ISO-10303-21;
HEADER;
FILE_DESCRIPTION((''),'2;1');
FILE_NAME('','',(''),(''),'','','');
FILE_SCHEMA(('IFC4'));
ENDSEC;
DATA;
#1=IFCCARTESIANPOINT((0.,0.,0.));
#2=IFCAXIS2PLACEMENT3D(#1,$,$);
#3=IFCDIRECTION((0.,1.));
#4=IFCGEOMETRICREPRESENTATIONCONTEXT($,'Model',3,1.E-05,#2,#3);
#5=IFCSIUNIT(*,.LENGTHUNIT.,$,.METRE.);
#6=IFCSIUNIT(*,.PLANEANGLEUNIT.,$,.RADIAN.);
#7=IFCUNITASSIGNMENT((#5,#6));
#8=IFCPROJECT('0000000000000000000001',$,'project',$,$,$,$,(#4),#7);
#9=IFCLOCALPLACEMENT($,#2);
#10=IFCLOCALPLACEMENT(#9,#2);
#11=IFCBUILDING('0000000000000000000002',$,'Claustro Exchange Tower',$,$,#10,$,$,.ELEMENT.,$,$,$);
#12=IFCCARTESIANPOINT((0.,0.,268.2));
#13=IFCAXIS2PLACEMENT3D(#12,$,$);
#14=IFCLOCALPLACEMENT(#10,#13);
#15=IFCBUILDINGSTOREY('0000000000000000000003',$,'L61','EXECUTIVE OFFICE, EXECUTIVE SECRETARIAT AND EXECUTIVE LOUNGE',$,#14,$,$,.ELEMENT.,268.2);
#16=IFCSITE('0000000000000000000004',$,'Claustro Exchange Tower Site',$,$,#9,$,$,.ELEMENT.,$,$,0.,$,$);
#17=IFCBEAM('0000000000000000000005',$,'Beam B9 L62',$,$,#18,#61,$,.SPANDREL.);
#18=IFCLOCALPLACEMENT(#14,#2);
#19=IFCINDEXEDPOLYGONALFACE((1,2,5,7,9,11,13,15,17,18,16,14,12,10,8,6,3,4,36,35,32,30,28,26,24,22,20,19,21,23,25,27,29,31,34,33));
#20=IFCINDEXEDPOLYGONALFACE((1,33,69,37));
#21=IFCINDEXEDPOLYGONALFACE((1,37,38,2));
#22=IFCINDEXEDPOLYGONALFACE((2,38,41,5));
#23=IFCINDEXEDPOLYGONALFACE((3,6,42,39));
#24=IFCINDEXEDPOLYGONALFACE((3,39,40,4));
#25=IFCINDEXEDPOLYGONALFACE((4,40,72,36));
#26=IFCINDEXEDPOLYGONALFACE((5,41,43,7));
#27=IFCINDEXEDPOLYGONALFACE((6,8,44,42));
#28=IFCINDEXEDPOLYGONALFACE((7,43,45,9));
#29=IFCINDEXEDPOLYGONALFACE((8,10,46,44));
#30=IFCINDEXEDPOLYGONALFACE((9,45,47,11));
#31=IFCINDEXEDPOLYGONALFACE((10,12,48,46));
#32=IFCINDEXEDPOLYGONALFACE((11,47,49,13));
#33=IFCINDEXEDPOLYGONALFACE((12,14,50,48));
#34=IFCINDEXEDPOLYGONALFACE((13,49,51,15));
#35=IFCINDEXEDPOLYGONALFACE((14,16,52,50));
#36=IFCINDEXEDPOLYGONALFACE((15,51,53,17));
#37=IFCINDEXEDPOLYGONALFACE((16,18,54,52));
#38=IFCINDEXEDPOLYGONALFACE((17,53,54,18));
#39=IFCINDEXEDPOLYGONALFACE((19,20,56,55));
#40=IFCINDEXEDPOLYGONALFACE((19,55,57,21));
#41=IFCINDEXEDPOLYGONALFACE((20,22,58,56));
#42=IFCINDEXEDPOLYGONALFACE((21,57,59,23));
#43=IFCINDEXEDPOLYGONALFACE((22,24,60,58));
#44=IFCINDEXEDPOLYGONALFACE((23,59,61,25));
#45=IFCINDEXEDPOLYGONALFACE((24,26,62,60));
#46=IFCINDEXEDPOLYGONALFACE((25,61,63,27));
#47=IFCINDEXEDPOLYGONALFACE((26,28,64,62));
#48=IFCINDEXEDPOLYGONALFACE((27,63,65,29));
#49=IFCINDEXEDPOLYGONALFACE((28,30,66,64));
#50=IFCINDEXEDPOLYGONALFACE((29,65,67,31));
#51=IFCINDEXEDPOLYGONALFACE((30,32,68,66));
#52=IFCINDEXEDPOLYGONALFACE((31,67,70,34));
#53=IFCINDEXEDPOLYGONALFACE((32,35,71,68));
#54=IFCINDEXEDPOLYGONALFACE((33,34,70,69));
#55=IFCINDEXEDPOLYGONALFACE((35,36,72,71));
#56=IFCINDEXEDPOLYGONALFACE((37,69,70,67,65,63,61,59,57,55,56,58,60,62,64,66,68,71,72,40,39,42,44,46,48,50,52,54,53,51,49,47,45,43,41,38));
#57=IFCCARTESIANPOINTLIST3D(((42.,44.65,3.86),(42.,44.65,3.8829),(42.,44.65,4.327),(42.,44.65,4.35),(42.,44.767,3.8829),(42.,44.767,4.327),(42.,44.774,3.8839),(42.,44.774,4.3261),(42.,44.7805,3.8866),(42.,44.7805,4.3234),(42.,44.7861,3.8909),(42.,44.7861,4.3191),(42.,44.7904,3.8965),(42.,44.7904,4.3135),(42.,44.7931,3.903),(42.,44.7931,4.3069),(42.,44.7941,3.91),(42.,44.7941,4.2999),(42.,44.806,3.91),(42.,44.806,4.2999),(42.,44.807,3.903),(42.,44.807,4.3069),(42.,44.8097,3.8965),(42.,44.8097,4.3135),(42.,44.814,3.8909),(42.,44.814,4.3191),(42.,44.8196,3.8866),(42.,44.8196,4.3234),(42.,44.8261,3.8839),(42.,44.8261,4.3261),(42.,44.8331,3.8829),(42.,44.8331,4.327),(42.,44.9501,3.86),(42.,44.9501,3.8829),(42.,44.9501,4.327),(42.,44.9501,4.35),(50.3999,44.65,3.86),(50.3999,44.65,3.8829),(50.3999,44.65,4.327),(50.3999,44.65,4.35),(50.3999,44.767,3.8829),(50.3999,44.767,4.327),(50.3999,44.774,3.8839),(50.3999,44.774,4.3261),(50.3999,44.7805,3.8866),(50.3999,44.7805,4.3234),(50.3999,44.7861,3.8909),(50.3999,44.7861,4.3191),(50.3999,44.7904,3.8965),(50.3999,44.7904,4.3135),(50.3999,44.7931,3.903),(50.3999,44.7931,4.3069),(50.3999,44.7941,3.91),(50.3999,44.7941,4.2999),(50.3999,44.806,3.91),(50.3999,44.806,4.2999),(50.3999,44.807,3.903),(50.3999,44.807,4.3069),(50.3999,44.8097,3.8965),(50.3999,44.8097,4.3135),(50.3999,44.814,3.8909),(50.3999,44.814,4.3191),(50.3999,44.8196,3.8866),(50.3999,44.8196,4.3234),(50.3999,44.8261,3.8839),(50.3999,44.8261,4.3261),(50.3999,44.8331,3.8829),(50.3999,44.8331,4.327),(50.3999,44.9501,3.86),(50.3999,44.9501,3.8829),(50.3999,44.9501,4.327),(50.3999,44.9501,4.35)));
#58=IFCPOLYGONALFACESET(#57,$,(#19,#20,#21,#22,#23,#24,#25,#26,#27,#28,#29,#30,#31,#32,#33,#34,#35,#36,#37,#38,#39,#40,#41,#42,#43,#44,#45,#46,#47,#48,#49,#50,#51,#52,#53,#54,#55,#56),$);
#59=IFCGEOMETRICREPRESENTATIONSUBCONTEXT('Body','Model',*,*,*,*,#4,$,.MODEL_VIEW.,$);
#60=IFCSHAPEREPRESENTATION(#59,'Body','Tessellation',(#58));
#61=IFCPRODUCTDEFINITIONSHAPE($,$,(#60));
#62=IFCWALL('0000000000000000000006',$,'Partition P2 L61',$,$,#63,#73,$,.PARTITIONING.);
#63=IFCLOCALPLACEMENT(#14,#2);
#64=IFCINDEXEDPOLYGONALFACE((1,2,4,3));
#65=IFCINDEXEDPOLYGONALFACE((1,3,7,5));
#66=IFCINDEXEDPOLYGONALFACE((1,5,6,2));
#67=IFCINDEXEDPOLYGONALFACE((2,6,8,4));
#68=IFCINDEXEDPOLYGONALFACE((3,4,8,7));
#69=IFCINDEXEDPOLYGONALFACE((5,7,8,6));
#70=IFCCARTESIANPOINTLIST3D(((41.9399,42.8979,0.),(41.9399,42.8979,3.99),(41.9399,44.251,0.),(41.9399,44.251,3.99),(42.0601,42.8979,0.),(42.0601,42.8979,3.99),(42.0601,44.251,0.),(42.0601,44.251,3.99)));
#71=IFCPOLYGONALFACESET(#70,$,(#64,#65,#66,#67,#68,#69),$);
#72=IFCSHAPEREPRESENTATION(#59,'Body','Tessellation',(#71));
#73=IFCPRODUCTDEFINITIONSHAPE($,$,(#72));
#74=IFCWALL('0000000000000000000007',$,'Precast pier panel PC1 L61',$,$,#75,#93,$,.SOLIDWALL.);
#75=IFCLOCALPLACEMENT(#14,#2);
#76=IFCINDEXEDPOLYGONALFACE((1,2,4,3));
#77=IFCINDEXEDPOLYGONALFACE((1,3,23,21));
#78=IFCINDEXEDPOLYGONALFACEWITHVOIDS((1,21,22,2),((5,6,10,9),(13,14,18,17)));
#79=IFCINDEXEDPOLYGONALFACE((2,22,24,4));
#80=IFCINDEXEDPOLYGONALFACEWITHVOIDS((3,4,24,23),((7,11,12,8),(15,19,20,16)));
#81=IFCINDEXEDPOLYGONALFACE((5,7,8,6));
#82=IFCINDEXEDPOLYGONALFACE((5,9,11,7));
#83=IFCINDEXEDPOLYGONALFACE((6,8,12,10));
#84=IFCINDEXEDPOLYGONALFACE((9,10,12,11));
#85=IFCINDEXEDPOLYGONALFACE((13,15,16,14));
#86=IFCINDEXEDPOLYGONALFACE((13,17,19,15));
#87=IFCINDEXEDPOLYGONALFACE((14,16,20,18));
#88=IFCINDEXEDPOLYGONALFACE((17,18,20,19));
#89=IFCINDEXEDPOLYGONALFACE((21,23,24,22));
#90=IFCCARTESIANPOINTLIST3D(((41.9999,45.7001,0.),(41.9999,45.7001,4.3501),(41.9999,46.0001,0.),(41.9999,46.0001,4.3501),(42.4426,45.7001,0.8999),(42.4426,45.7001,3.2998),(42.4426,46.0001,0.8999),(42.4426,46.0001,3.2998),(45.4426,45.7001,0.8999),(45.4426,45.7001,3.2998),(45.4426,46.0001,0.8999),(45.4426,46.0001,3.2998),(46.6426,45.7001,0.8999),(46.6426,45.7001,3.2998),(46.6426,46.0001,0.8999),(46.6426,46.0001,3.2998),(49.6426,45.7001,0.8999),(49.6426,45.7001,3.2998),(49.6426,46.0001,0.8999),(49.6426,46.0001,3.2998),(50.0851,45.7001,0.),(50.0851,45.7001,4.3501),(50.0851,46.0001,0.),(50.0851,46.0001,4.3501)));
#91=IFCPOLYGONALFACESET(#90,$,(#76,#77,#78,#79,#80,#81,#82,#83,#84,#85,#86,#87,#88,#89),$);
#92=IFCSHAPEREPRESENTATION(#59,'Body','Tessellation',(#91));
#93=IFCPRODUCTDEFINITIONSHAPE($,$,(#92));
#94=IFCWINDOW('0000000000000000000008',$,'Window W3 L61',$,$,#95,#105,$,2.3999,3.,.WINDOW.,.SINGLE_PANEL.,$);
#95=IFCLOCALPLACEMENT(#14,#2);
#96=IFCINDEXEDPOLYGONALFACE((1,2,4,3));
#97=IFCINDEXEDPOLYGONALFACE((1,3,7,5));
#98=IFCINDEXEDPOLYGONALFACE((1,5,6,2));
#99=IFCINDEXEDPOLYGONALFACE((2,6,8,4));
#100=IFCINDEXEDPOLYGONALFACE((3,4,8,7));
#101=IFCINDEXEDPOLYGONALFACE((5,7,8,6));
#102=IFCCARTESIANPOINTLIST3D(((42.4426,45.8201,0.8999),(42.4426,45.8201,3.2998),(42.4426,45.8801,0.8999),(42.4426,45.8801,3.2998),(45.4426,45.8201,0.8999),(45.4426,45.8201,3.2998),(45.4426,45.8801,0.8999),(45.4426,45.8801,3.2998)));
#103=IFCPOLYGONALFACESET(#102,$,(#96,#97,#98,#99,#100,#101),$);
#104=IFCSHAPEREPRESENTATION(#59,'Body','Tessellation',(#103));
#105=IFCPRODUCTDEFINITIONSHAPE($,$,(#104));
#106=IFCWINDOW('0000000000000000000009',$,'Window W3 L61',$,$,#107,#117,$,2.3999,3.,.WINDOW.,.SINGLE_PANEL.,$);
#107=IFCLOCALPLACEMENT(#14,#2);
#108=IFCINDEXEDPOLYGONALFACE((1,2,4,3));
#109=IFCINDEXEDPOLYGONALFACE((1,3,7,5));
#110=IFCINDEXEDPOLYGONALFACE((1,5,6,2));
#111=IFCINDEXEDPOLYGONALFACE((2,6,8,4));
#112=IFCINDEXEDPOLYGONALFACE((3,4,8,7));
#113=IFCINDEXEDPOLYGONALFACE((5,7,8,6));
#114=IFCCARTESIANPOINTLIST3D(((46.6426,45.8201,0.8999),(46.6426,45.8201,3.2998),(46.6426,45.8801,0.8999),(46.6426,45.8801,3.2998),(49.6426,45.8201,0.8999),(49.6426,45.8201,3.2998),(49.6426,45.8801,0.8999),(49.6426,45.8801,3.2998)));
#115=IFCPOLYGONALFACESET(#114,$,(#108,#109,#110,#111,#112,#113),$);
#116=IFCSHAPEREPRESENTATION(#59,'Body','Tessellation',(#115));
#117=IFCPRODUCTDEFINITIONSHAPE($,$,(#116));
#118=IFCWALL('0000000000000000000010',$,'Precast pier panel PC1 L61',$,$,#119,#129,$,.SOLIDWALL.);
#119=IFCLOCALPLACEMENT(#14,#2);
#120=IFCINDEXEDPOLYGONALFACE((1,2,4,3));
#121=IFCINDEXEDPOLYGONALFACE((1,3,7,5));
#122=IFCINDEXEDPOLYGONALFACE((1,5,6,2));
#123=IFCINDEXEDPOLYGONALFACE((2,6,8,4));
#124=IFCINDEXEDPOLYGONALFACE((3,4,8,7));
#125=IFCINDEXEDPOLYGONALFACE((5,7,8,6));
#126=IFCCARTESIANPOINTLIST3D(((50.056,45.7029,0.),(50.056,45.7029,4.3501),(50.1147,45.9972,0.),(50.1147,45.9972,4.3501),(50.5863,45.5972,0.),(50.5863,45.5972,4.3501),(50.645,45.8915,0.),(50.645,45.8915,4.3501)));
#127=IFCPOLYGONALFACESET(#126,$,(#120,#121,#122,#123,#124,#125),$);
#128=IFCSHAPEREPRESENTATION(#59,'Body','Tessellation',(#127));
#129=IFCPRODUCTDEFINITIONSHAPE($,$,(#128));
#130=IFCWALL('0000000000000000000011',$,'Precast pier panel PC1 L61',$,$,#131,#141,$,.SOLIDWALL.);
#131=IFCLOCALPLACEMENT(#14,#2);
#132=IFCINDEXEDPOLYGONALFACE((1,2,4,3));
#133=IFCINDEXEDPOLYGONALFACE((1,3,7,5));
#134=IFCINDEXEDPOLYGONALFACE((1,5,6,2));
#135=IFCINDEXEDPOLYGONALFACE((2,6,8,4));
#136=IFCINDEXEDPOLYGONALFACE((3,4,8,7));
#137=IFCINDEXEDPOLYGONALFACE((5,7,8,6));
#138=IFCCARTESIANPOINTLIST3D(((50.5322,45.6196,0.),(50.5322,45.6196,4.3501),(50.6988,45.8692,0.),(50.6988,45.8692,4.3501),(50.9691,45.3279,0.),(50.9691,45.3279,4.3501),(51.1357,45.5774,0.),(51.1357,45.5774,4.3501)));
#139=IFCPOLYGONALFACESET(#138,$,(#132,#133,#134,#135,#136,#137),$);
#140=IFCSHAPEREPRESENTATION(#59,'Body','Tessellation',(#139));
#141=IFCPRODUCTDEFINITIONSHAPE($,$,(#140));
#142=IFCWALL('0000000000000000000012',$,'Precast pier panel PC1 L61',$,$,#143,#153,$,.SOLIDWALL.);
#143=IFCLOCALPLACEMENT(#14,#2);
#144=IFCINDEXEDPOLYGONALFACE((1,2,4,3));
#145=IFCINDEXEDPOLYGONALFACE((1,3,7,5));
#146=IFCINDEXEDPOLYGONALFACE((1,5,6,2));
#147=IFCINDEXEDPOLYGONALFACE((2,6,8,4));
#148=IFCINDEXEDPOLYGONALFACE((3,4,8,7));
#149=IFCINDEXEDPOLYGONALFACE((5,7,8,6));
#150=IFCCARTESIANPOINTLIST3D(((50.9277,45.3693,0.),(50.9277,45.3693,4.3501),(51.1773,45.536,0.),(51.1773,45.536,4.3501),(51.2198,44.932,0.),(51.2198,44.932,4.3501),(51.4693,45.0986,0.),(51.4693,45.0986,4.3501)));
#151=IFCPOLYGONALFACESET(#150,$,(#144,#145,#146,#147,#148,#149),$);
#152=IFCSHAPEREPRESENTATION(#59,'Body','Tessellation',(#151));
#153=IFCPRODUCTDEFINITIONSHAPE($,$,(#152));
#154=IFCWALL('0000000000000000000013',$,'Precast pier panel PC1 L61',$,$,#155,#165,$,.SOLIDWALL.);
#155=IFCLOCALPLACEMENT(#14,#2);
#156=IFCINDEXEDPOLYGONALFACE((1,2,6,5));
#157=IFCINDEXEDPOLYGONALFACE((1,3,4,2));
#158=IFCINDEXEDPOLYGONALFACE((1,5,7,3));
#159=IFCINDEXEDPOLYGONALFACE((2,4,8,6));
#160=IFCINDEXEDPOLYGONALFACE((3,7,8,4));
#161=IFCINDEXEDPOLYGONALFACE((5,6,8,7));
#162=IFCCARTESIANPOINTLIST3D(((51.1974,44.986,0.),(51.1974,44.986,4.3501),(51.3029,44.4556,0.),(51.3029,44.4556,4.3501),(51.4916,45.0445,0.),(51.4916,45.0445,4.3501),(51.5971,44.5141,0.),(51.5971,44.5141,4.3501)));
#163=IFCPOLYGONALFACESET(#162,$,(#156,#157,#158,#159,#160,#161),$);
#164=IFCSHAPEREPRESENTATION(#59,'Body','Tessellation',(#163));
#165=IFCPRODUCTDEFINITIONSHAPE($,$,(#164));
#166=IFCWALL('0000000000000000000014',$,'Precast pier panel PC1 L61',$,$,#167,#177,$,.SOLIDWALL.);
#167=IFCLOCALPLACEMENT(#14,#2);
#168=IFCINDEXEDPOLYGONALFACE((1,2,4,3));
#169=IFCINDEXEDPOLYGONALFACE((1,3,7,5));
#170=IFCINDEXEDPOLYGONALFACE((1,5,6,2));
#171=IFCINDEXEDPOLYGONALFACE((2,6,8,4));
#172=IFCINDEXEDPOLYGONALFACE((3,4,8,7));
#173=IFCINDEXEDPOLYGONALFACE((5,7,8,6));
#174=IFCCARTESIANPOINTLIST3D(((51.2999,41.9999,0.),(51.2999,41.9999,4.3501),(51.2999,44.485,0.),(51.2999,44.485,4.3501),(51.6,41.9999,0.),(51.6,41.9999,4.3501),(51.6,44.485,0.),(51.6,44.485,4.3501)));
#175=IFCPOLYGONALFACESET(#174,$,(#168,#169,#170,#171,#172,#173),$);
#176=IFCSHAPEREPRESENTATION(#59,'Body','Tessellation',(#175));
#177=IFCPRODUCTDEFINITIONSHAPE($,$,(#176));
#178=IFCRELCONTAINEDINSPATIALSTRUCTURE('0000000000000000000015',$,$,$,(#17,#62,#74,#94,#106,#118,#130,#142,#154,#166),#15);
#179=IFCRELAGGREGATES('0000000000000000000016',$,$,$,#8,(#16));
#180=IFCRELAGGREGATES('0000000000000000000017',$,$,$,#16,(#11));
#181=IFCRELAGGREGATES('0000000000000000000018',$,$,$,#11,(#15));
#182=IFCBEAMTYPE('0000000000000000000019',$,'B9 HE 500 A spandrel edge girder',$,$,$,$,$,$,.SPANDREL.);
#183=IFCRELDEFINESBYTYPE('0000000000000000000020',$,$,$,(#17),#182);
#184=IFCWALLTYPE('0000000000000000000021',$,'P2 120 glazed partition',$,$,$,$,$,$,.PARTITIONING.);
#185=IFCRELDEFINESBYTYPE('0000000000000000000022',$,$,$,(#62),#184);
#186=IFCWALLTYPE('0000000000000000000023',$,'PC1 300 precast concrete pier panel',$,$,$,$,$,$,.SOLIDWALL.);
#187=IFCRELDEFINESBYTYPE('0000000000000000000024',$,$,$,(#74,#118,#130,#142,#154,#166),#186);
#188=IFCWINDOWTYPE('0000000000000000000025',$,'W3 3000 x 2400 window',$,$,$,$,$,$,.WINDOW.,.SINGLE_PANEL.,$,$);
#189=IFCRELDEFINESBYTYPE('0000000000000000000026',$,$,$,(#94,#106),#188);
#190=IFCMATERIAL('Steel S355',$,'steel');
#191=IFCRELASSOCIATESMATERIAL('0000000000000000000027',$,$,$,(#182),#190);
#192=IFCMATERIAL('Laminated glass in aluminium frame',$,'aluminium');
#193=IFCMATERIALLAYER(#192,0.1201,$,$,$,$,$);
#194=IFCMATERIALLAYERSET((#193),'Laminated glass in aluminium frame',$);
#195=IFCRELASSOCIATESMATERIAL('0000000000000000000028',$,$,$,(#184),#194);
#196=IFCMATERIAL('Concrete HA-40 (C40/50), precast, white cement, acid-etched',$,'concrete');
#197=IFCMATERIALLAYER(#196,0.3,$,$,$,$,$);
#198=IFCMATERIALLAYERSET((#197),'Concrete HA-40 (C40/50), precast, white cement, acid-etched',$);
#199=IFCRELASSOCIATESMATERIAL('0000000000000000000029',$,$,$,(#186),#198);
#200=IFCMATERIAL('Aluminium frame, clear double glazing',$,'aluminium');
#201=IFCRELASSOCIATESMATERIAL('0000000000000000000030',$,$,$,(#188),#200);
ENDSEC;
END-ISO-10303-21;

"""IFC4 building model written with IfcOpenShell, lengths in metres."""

from ifc_helpers import new_model, si_unit, direction, frame, frame_2d, origin, origin_2d, place, context, subcontext, project, spatial, rectangle, i_section, extrude, material, layer, layer_set, material_profile, profile_set, type_object, element, fill, save


model = new_model("IFC4")

# Units and contexts
model_context = context("Model", 3, precision=1e-05, world=origin(), true_north=direction((0.0, 1.0)))
body_context = subcontext(model_context, "Body", "Model", "MODEL_VIEW")
ifc_project = project(units=[si_unit("LENGTHUNIT", "METRE"), si_unit("PLANEANGLEUNIT", "RADIAN")], contexts=[model_context])

# Site, building, storey
site_placement = place(None, origin())
site = spatial("IfcSite", under=ifc_project, at=site_placement, Name="Claustro Exchange Tower Site", CompositionType="ELEMENT", RefElevation=0.0)
building_placement = place(site_placement, origin())
building = spatial("IfcBuilding", under=site, at=building_placement, Name="Claustro Exchange Tower", CompositionType="ELEMENT")
storey_placement = place(building_placement, frame((0.0, 0.0, 268.2)))
storey = spatial("IfcBuildingStorey", under=building, at=storey_placement, Name="L61", Description="EXECUTIVE OFFICE, EXECUTIVE SECRETARIAT AND EXECUTIVE LOUNGE", CompositionType="ELEMENT", Elevation=268.2)

# Beam
ifc_material_1 = material(Name="Steel S355", Category="steel")
ifc_material_profile_1 = material_profile(ifc_material_1, i_section(OverallWidth=0.3, OverallDepth=0.49, WebThickness=0.012, FlangeThickness=0.0229, FilletRadius=0.0271, at=origin_2d()), Name="HE 500 A")
ifc_profile_set_1 = profile_set([ifc_material_profile_1], Name="Steel S355")
beam_type_1 = type_object("IfcBeamType", Name="B9 HE 500 A spandrel edge girder", PredefinedType="SPANDREL", material=ifc_profile_set_1)
beam_1_placement = place(storey_placement, frame((42.0, 44.8, 4.105), z_axis=(1.0, 0.0, 0.0), x_axis=(0.0, 1.0, 0.0)))
element("IfcBeam", 1, at=beam_1_placement, inside=storey, type_object=beam_type_1, Name="Beam B9 L62", PredefinedType="SPANDREL", context=body_context, shape_type="SweptSolid", body=[
    extrude(i_section(OverallWidth=0.3, OverallDepth=0.49, WebThickness=0.012, FlangeThickness=0.0229, FilletRadius=0.0271, at=origin_2d()), origin(), (0.0, 0.0, 1.0), 8.3999),
])

# Wall
ifc_material_2 = material(Name="Laminated glass in aluminium frame", Category="aluminium")
ifc_layer_1 = layer(ifc_material_2, 0.1201)
ifc_layer_set_1 = layer_set([ifc_layer_1], Name="Laminated glass in aluminium frame")
wall_type_1 = type_object("IfcWallType", Name="P2 120 glazed partition", PredefinedType="PARTITIONING", material=ifc_layer_set_1)
wall_1_placement = place(storey_placement, frame((42.0, 42.8979, 0.0), z_axis=(0.0, 0.0, 1.0), x_axis=(0.0, 1.0, 0.0)))
element("IfcWall", 2, at=wall_1_placement, inside=storey, type_object=wall_type_1, Name="Partition P2 L61", PredefinedType="PARTITIONING", context=body_context, shape_type="SweptSolid", body=[
    extrude(rectangle(XDim=1.353, YDim=0.1201, at=frame_2d((0.6765, 0.0))), origin(), (0.0, 0.0, 1.0), 3.99),
])

# Wall, openings, windows
ifc_material_3 = material(Name="Concrete HA-40 (C40/50), precast, white cement, acid-etched", Category="concrete")
ifc_layer_2 = layer(ifc_material_3, 0.3)
ifc_layer_set_2 = layer_set([ifc_layer_2], Name="Concrete HA-40 (C40/50), precast, white cement, acid-etched")
wall_type_2 = type_object("IfcWallType", Name="PC1 300 precast concrete pier panel", PredefinedType="SOLIDWALL", material=ifc_layer_set_2)
wall_2_placement = place(storey_placement, frame((42.0, 45.8501, 0.0), z_axis=(0.0, 0.0, 1.0), x_axis=(1.0, 0.0, 0.0)))
wall_2 = element("IfcWall", 3, at=wall_2_placement, inside=storey, type_object=wall_type_2, Name="Precast pier panel PC1 L61", PredefinedType="SOLIDWALL", context=body_context, shape_type="SweptSolid", body=[
    extrude(rectangle(XDim=8.0852, YDim=0.3, at=frame_2d((4.0425, 0.0))), origin(), (0.0, 0.0, 1.0), 4.3501),
])
opening_1_placement = place(wall_2_placement, frame((0.4426, 0.0, 0.8999)))
opening_1 = element("IfcOpeningElement", 4, at=opening_1_placement, cuts=wall_2, PredefinedType="OPENING", context=body_context, shape_type="SweptSolid", body=[
    extrude(rectangle(XDim=3.0, YDim=2.3999, at=frame_2d((1.5, 1.2))), frame((0.0, 0.1599, 0.0), z_axis=(0.0, -1.0, 0.0), x_axis=(1.0, 0.0, 0.0)), (0.0, 0.0, 1.0), 0.3201),
])
opening_2_placement = place(wall_2_placement, frame((4.6426, 0.0, 0.8999)))
opening_2 = element("IfcOpeningElement", 5, at=opening_2_placement, cuts=wall_2, PredefinedType="OPENING", context=body_context, shape_type="SweptSolid", body=[
    extrude(rectangle(XDim=3.0, YDim=2.3999, at=frame_2d((1.5, 1.2))), frame((0.0, 0.1599, 0.0), z_axis=(0.0, -1.0, 0.0), x_axis=(1.0, 0.0, 0.0)), (0.0, 0.0, 1.0), 0.3201),
])
ifc_material_4 = material(Name="Aluminium frame, clear double glazing", Category="aluminium")
window_type_1 = type_object("IfcWindowType", Name="W3 3000 x 2400 window", PartitioningType="SINGLE_PANEL", PredefinedType="WINDOW", material=ifc_material_4)
window_1_placement = place(opening_1_placement, origin())
window_1 = element("IfcWindow", 6, at=window_1_placement, inside=storey, type_object=window_type_1, Name="Window W3 L61", OverallHeight=2.3999, OverallWidth=3.0, PartitioningType="SINGLE_PANEL", PredefinedType="WINDOW", context=body_context, shape_type="SweptSolid", body=[
    extrude(rectangle(XDim=3.0, YDim=2.3999, at=frame_2d((1.5, 1.2))), frame((0.0, 0.03, 0.0), z_axis=(0.0, -1.0, 0.0), x_axis=(1.0, 0.0, 0.0)), (0.0, 0.0, 1.0), 0.0601),
])
fill(opening_1, window_1)
window_2_placement = place(opening_2_placement, origin())
window_2 = element("IfcWindow", 7, at=window_2_placement, inside=storey, type_object=window_type_1, Name="Window W3 L61", OverallHeight=2.3999, OverallWidth=3.0, PartitioningType="SINGLE_PANEL", PredefinedType="WINDOW", context=body_context, shape_type="SweptSolid", body=[
    extrude(rectangle(XDim=3.0, YDim=2.3999, at=frame_2d((1.5, 1.2))), frame((0.0, 0.03, 0.0), z_axis=(0.0, -1.0, 0.0), x_axis=(1.0, 0.0, 0.0)), (0.0, 0.0, 1.0), 0.0601),
])
fill(opening_2, window_2)

# Walls
wall_3_placement = place(storey_placement, frame((50.0852, 45.8501, 0.0), z_axis=(0.0, 0.0, 1.0), x_axis=(0.980702, -0.195508, 0.0)))
element("IfcWall", 8, at=wall_3_placement, inside=storey, type_object=wall_type_2, Name="Precast pier panel PC1 L61", PredefinedType="SOLIDWALL", context=body_context, shape_type="SweptSolid", body=[
    extrude(rectangle(XDim=0.5408, YDim=0.3, at=frame_2d((0.2705, 0.0))), origin(), (0.0, 0.0, 1.0), 4.3501),
])
wall_4_placement = place(storey_placement, frame((50.6155, 45.7444, 0.0), z_axis=(0.0, 0.0, 1.0), x_axis=(0.831693, -0.555236, 0.0)))
element("IfcWall", 9, at=wall_4_placement, inside=storey, type_object=wall_type_2, Name="Precast pier panel PC1 L61", PredefinedType="SOLIDWALL", context=body_context, shape_type="SweptSolid", body=[
    extrude(rectangle(XDim=0.5254, YDim=0.3, at=frame_2d((0.2627, 0.0))), origin(), (0.0, 0.0, 1.0), 4.3501),
])
wall_5_placement = place(storey_placement, frame((51.0525, 45.4526, 0.0), z_axis=(0.0, 0.0, 1.0), x_axis=(0.555343, -0.831621, 0.0)))
element("IfcWall", 10, at=wall_5_placement, inside=storey, type_object=wall_type_2, Name="Precast pier panel PC1 L61", PredefinedType="SOLIDWALL", context=body_context, shape_type="SweptSolid", body=[
    extrude(rectangle(XDim=0.5259, YDim=0.3, at=frame_2d((0.2629, 0.0))), origin(), (0.0, 0.0, 1.0), 4.3501),
])
wall_6_placement = place(storey_placement, frame((51.3445, 45.0154, 0.0), z_axis=(0.0, 0.0, 1.0), x_axis=(0.195074, -0.980789, 0.0)))
element("IfcWall", 11, at=wall_6_placement, inside=storey, type_object=wall_type_2, Name="Precast pier panel PC1 L61", PredefinedType="SOLIDWALL", context=body_context, shape_type="SweptSolid", body=[
    extrude(rectangle(XDim=0.5408, YDim=0.3, at=frame_2d((0.2705, 0.0))), origin(), (0.0, 0.0, 1.0), 4.3501),
])
wall_7_placement = place(storey_placement, frame((51.45, 44.4851, 0.0), z_axis=(0.0, 0.0, 1.0), x_axis=(0.0, -1.0, 0.0)))
element("IfcWall", 12, at=wall_7_placement, inside=storey, type_object=wall_type_2, Name="Precast pier panel PC1 L61", PredefinedType="SOLIDWALL", context=body_context, shape_type="SweptSolid", body=[
    extrude(rectangle(XDim=2.4851, YDim=0.3, at=frame_2d((1.2427, 0.0))), origin(), (0.0, 0.0, 1.0), 4.3501),
])

save(model, "model.ifc")
